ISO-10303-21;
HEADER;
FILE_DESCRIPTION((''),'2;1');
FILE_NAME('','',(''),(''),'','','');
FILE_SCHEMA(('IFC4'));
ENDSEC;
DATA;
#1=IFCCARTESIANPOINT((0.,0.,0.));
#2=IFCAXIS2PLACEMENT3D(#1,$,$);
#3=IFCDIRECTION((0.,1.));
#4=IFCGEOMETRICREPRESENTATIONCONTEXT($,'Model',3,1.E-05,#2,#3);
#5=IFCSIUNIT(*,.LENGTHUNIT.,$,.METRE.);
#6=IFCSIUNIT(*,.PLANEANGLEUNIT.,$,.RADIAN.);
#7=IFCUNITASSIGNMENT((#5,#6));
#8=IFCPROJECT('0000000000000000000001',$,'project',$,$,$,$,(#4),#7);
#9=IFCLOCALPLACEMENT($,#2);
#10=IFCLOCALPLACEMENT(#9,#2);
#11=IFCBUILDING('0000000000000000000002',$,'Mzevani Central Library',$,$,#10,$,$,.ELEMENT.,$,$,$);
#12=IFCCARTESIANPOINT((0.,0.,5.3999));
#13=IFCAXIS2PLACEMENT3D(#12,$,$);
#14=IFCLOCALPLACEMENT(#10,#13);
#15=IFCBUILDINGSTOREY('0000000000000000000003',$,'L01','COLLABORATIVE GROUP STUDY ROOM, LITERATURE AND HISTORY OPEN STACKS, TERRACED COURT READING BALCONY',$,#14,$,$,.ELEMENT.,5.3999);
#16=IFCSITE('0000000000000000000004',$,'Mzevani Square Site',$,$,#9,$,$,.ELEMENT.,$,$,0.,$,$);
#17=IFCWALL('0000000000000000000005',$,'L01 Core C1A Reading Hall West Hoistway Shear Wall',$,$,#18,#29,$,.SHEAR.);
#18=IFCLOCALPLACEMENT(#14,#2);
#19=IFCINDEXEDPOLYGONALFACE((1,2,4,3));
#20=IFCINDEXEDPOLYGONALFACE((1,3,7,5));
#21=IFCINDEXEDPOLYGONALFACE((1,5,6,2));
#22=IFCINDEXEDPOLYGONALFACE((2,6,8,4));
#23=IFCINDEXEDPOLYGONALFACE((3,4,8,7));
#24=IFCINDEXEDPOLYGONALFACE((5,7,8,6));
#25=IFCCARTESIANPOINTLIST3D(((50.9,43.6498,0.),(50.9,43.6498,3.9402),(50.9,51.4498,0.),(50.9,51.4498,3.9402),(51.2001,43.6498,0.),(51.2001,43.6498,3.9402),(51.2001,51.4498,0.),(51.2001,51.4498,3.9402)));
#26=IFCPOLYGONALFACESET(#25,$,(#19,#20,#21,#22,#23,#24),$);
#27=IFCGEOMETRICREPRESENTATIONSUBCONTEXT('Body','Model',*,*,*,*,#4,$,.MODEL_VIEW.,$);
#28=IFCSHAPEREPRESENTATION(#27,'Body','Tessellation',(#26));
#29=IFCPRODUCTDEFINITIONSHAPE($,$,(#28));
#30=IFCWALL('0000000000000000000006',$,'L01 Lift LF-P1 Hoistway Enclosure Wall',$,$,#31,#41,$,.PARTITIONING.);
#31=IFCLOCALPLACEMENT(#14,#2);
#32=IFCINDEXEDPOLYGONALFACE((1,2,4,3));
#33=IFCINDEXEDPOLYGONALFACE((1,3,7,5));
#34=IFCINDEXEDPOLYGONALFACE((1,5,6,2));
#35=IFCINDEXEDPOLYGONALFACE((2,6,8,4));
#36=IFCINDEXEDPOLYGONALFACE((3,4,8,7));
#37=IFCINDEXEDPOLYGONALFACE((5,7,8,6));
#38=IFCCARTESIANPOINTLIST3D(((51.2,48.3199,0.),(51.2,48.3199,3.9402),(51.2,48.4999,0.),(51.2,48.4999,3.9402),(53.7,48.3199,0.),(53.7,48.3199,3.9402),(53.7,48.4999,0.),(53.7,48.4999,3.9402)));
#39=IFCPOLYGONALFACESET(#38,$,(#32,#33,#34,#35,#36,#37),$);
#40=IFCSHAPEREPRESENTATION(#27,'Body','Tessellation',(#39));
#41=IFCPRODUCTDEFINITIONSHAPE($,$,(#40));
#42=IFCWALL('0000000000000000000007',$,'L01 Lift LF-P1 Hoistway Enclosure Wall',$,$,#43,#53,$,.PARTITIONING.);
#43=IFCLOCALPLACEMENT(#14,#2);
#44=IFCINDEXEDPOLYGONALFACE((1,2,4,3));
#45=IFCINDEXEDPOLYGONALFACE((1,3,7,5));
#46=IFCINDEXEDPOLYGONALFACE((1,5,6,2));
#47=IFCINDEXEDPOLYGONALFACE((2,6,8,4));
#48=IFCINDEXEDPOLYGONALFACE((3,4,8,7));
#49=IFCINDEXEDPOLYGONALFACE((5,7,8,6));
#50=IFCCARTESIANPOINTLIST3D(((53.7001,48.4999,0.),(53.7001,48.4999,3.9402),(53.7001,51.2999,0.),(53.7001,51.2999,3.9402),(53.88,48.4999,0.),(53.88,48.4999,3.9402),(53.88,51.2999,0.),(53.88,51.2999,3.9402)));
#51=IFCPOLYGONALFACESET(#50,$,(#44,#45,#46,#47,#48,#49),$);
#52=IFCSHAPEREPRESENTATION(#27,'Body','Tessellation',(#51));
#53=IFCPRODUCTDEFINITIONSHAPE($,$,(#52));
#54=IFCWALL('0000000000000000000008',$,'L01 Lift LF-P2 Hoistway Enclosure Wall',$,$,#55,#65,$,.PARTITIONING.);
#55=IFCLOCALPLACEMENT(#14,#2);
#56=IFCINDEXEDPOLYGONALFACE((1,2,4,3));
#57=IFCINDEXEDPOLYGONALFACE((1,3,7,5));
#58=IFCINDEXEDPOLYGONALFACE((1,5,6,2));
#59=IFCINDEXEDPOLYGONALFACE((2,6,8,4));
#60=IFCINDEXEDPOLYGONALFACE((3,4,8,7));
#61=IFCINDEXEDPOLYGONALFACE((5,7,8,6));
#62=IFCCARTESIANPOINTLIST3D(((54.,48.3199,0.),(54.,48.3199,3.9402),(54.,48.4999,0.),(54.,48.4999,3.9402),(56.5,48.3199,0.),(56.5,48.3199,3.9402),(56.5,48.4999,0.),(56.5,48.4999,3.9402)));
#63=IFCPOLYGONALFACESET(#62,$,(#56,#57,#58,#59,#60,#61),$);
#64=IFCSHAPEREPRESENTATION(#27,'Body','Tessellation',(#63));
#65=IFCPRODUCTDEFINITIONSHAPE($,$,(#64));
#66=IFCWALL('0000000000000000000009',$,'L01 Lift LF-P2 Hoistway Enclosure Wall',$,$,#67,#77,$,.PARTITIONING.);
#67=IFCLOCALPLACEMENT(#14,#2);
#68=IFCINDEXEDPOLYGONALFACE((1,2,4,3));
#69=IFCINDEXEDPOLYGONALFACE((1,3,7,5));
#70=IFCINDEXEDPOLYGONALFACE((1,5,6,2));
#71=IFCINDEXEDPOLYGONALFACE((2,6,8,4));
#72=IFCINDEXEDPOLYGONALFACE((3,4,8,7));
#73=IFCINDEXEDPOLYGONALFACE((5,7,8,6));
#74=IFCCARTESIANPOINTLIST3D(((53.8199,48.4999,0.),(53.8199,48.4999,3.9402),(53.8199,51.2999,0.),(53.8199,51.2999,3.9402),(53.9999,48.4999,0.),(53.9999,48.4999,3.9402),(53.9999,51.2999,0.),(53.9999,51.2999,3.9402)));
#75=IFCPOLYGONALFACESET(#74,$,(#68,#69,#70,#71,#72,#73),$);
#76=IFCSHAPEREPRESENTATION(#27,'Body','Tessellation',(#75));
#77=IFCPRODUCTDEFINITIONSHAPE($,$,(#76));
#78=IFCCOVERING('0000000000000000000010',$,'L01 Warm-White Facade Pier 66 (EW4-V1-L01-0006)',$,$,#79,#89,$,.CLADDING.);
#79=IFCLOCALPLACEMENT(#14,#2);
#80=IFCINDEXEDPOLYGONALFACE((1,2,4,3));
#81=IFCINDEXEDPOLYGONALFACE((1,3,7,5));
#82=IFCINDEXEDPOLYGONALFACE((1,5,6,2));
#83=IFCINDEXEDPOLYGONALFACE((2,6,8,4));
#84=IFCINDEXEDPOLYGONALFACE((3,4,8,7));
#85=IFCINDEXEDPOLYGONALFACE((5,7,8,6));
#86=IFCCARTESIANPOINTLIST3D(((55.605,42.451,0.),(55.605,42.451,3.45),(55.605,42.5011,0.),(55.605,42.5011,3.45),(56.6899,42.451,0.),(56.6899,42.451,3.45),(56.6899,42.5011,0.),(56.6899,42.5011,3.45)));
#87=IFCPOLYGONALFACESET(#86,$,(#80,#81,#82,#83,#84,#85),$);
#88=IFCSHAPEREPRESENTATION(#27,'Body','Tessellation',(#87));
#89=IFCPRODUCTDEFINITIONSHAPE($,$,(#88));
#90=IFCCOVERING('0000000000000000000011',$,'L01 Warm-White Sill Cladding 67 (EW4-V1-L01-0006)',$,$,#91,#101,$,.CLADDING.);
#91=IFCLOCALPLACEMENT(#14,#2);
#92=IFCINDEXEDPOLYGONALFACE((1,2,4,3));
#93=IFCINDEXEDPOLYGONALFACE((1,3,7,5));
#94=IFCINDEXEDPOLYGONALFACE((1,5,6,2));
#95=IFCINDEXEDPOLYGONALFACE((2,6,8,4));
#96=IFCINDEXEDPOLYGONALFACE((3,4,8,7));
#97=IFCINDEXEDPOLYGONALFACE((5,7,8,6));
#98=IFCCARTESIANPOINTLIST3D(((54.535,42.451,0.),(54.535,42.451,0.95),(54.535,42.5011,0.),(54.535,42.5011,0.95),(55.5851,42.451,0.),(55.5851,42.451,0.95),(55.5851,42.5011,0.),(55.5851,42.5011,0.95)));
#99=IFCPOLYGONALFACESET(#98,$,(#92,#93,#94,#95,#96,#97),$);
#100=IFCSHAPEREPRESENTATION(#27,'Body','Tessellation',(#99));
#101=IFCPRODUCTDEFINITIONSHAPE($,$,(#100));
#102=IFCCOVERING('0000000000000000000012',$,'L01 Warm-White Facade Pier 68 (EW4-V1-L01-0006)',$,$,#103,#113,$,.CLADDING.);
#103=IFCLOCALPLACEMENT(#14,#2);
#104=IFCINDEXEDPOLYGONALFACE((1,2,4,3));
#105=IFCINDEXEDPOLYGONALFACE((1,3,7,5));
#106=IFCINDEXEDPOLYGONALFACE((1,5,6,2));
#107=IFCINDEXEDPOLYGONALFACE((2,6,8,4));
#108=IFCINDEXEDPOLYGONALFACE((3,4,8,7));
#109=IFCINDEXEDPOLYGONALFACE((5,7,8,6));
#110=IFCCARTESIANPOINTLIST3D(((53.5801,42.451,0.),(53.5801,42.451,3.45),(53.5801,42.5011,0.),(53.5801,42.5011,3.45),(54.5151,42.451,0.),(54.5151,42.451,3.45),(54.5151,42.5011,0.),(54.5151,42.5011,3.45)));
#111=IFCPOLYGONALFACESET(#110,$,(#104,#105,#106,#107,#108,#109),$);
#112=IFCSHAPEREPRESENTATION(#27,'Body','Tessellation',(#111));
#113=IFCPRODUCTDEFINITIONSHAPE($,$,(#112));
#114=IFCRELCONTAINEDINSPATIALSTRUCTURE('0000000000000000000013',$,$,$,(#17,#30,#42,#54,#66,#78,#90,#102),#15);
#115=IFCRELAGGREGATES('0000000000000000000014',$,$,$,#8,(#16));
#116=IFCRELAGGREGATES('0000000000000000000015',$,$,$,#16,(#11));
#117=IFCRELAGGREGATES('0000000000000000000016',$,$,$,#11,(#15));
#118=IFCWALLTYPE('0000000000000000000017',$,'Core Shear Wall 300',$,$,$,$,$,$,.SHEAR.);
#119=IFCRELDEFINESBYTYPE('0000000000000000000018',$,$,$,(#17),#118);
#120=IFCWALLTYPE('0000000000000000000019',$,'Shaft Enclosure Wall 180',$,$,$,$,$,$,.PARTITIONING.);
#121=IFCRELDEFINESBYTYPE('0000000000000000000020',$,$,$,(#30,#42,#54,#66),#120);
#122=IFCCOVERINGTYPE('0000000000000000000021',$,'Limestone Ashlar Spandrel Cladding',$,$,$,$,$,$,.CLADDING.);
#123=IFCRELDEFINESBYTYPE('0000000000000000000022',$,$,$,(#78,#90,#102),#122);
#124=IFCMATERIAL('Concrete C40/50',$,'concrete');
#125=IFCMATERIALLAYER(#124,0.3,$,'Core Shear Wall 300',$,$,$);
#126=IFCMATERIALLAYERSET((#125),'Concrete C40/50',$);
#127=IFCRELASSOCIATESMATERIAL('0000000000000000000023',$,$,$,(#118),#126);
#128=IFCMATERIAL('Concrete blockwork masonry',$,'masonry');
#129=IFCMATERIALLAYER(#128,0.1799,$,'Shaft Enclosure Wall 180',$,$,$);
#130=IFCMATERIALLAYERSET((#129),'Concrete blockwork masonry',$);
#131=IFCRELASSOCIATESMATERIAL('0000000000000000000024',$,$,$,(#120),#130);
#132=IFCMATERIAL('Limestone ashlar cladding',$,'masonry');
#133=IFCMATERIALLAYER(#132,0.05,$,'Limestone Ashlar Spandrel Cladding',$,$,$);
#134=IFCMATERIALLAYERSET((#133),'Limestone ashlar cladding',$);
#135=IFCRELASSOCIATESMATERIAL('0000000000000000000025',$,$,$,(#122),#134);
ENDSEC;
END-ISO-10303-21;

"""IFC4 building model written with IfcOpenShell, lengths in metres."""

from ifc_helpers import new_model, si_unit, direction, frame, frame_2d, origin, origin_2d, place, context, subcontext, project, spatial, rectangle, extrude, material, layer, layer_set, type_object, element, save


model = new_model("IFC4")

# Units and contexts
model_context = context("Model", 3, precision=1e-05, world=origin(), true_north=direction((0.0, 1.0)))
body_context = subcontext(model_context, "Body", "Model", "MODEL_VIEW")
ifc_project = project(units=[si_unit("LENGTHUNIT", "METRE"), si_unit("PLANEANGLEUNIT", "RADIAN")], contexts=[model_context])

# Site, building, storey
site_placement = place(None, origin())
site = spatial("IfcSite", under=ifc_project, at=site_placement, Name="Mzevani Square Site", CompositionType="ELEMENT", RefElevation=0.0)
building_placement = place(site_placement, origin())
building = spatial("IfcBuilding", under=site, at=building_placement, Name="Mzevani Central Library", CompositionType="ELEMENT")
storey_placement = place(building_placement, frame((0.0, 0.0, 5.3999)))
storey = spatial("IfcBuildingStorey", under=building, at=storey_placement, Name="L01", Description="COLLABORATIVE GROUP STUDY ROOM, LITERATURE AND HISTORY OPEN STACKS, TERRACED COURT READING BALCONY", CompositionType="ELEMENT", Elevation=5.3999)

# Walls
ifc_material_1 = material(Name="Concrete C40/50", Category="concrete")
ifc_layer_1 = layer(ifc_material_1, 0.3, Name="Core Shear Wall 300")
ifc_layer_set_1 = layer_set([ifc_layer_1], Name="Concrete C40/50")
wall_type_1 = type_object("IfcWallType", Name="Core Shear Wall 300", PredefinedType="SHEAR", material=ifc_layer_set_1)
wall_1_placement = place(storey_placement, frame((51.05, 43.6499, 0.0), z_axis=(0.0, 0.0, 1.0), x_axis=(0.0, 1.0, 0.0)))
element("IfcWall", 1, at=wall_1_placement, inside=storey, type_object=wall_type_1, Name="L01 Core C1A Reading Hall West Hoistway Shear Wall", PredefinedType="SHEAR", context=body_context, shape_type="SweptSolid", body=[
    extrude(rectangle(XDim=7.8, YDim=0.3, at=frame_2d((3.8999, 0.0))), origin(), (0.0, 0.0, 1.0), 3.9402),
])
ifc_material_2 = material(Name="Concrete blockwork masonry", Category="masonry")
ifc_layer_2 = layer(ifc_material_2, 0.1799, Name="Shaft Enclosure Wall 180")
ifc_layer_set_2 = layer_set([ifc_layer_2], Name="Concrete blockwork masonry")
wall_type_2 = type_object("IfcWallType", Name="Shaft Enclosure Wall 180", PredefinedType="PARTITIONING", material=ifc_layer_set_2)
wall_2_placement = place(storey_placement, frame((51.2, 48.4099, 0.0), z_axis=(0.0, 0.0, 1.0), x_axis=(1.0, 0.0, 0.0)))
element("IfcWall", 2, at=wall_2_placement, inside=storey, type_object=wall_type_2, Name="L01 Lift LF-P1 Hoistway Enclosure Wall", PredefinedType="PARTITIONING", context=body_context, shape_type="SweptSolid", body=[
    extrude(rectangle(XDim=2.5, YDim=0.1799, at=frame_2d((1.25, 0.0))), origin(), (0.0, 0.0, 1.0), 3.9402),
])
wall_3_placement = place(storey_placement, frame((53.79, 48.5, 0.0), z_axis=(0.0, 0.0, 1.0), x_axis=(0.0, 1.0, 0.0)))
element("IfcWall", 3, at=wall_3_placement, inside=storey, type_object=wall_type_2, Name="L01 Lift LF-P1 Hoistway Enclosure Wall", PredefinedType="PARTITIONING", context=body_context, shape_type="SweptSolid", body=[
    extrude(rectangle(XDim=2.8, YDim=0.1799, at=frame_2d((1.3999, 0.0))), origin(), (0.0, 0.0, 1.0), 3.9402),
])
wall_4_placement = place(storey_placement, frame((54.0, 48.4099, 0.0), z_axis=(0.0, 0.0, 1.0), x_axis=(1.0, 0.0, 0.0)))
element("IfcWall", 4, at=wall_4_placement, inside=storey, type_object=wall_type_2, Name="L01 Lift LF-P2 Hoistway Enclosure Wall", PredefinedType="PARTITIONING", context=body_context, shape_type="SweptSolid", body=[
    extrude(rectangle(XDim=2.5, YDim=0.1799, at=frame_2d((1.25, 0.0))), origin(), (0.0, 0.0, 1.0), 3.9402),
])
wall_5_placement = place(storey_placement, frame((53.9099, 48.5, 0.0), z_axis=(0.0, 0.0, 1.0), x_axis=(0.0, 1.0, 0.0)))
element("IfcWall", 5, at=wall_5_placement, inside=storey, type_object=wall_type_2, Name="L01 Lift LF-P2 Hoistway Enclosure Wall", PredefinedType="PARTITIONING", context=body_context, shape_type="SweptSolid", body=[
    extrude(rectangle(XDim=2.8, YDim=0.1799, at=frame_2d((1.3999, 0.0))), origin(), (0.0, 0.0, 1.0), 3.9402),
])

# Coverings
ifc_material_3 = material(Name="Limestone ashlar cladding", Category="masonry")
ifc_layer_3 = layer(ifc_material_3, 0.05, Name="Limestone Ashlar Spandrel Cladding")
ifc_layer_set_3 = layer_set([ifc_layer_3], Name="Limestone ashlar cladding")
covering_type = type_object("IfcCoveringType", Name="Limestone Ashlar Spandrel Cladding", PredefinedType="CLADDING", material=ifc_layer_set_3)
covering_1_placement = place(storey_placement, frame((56.1475, 42.4761, 0.0), z_axis=(0.0, 0.0, 1.0), x_axis=(-1.0, 0.0, 0.0)))
element("IfcCovering", 6, at=covering_1_placement, inside=storey, type_object=covering_type, Name="L01 Warm-White Facade Pier 66 (EW4-V1-L01-0006)", PredefinedType="CLADDING", context=body_context, shape_type="SweptSolid", body=[
    extrude(rectangle(XDim=1.085, YDim=0.05, at=origin_2d()), origin(), (0.0, 0.0, 1.0), 3.45),
])
covering_2_placement = place(storey_placement, frame((55.0601, 42.4761, 0.0), z_axis=(0.0, 0.0, 1.0), x_axis=(-1.0, 0.0, 0.0)))
element("IfcCovering", 7, at=covering_2_placement, inside=storey, type_object=covering_type, Name="L01 Warm-White Sill Cladding 67 (EW4-V1-L01-0006)", PredefinedType="CLADDING", context=body_context, shape_type="SweptSolid", body=[
    extrude(rectangle(XDim=1.05, YDim=0.05, at=origin_2d()), origin(), (0.0, 0.0, 1.0), 0.95),
])
covering_3_placement = place(storey_placement, frame((54.0476, 42.4761, 0.0), z_axis=(0.0, 0.0, 1.0), x_axis=(-1.0, 0.0, 0.0)))
element("IfcCovering", 8, at=covering_3_placement, inside=storey, type_object=covering_type, Name="L01 Warm-White Facade Pier 68 (EW4-V1-L01-0006)", PredefinedType="CLADDING", context=body_context, shape_type="SweptSolid", body=[
    extrude(rectangle(XDim=0.9351, YDim=0.05, at=origin_2d()), origin(), (0.0, 0.0, 1.0), 3.45),
])

save(model, "model.ifc")
